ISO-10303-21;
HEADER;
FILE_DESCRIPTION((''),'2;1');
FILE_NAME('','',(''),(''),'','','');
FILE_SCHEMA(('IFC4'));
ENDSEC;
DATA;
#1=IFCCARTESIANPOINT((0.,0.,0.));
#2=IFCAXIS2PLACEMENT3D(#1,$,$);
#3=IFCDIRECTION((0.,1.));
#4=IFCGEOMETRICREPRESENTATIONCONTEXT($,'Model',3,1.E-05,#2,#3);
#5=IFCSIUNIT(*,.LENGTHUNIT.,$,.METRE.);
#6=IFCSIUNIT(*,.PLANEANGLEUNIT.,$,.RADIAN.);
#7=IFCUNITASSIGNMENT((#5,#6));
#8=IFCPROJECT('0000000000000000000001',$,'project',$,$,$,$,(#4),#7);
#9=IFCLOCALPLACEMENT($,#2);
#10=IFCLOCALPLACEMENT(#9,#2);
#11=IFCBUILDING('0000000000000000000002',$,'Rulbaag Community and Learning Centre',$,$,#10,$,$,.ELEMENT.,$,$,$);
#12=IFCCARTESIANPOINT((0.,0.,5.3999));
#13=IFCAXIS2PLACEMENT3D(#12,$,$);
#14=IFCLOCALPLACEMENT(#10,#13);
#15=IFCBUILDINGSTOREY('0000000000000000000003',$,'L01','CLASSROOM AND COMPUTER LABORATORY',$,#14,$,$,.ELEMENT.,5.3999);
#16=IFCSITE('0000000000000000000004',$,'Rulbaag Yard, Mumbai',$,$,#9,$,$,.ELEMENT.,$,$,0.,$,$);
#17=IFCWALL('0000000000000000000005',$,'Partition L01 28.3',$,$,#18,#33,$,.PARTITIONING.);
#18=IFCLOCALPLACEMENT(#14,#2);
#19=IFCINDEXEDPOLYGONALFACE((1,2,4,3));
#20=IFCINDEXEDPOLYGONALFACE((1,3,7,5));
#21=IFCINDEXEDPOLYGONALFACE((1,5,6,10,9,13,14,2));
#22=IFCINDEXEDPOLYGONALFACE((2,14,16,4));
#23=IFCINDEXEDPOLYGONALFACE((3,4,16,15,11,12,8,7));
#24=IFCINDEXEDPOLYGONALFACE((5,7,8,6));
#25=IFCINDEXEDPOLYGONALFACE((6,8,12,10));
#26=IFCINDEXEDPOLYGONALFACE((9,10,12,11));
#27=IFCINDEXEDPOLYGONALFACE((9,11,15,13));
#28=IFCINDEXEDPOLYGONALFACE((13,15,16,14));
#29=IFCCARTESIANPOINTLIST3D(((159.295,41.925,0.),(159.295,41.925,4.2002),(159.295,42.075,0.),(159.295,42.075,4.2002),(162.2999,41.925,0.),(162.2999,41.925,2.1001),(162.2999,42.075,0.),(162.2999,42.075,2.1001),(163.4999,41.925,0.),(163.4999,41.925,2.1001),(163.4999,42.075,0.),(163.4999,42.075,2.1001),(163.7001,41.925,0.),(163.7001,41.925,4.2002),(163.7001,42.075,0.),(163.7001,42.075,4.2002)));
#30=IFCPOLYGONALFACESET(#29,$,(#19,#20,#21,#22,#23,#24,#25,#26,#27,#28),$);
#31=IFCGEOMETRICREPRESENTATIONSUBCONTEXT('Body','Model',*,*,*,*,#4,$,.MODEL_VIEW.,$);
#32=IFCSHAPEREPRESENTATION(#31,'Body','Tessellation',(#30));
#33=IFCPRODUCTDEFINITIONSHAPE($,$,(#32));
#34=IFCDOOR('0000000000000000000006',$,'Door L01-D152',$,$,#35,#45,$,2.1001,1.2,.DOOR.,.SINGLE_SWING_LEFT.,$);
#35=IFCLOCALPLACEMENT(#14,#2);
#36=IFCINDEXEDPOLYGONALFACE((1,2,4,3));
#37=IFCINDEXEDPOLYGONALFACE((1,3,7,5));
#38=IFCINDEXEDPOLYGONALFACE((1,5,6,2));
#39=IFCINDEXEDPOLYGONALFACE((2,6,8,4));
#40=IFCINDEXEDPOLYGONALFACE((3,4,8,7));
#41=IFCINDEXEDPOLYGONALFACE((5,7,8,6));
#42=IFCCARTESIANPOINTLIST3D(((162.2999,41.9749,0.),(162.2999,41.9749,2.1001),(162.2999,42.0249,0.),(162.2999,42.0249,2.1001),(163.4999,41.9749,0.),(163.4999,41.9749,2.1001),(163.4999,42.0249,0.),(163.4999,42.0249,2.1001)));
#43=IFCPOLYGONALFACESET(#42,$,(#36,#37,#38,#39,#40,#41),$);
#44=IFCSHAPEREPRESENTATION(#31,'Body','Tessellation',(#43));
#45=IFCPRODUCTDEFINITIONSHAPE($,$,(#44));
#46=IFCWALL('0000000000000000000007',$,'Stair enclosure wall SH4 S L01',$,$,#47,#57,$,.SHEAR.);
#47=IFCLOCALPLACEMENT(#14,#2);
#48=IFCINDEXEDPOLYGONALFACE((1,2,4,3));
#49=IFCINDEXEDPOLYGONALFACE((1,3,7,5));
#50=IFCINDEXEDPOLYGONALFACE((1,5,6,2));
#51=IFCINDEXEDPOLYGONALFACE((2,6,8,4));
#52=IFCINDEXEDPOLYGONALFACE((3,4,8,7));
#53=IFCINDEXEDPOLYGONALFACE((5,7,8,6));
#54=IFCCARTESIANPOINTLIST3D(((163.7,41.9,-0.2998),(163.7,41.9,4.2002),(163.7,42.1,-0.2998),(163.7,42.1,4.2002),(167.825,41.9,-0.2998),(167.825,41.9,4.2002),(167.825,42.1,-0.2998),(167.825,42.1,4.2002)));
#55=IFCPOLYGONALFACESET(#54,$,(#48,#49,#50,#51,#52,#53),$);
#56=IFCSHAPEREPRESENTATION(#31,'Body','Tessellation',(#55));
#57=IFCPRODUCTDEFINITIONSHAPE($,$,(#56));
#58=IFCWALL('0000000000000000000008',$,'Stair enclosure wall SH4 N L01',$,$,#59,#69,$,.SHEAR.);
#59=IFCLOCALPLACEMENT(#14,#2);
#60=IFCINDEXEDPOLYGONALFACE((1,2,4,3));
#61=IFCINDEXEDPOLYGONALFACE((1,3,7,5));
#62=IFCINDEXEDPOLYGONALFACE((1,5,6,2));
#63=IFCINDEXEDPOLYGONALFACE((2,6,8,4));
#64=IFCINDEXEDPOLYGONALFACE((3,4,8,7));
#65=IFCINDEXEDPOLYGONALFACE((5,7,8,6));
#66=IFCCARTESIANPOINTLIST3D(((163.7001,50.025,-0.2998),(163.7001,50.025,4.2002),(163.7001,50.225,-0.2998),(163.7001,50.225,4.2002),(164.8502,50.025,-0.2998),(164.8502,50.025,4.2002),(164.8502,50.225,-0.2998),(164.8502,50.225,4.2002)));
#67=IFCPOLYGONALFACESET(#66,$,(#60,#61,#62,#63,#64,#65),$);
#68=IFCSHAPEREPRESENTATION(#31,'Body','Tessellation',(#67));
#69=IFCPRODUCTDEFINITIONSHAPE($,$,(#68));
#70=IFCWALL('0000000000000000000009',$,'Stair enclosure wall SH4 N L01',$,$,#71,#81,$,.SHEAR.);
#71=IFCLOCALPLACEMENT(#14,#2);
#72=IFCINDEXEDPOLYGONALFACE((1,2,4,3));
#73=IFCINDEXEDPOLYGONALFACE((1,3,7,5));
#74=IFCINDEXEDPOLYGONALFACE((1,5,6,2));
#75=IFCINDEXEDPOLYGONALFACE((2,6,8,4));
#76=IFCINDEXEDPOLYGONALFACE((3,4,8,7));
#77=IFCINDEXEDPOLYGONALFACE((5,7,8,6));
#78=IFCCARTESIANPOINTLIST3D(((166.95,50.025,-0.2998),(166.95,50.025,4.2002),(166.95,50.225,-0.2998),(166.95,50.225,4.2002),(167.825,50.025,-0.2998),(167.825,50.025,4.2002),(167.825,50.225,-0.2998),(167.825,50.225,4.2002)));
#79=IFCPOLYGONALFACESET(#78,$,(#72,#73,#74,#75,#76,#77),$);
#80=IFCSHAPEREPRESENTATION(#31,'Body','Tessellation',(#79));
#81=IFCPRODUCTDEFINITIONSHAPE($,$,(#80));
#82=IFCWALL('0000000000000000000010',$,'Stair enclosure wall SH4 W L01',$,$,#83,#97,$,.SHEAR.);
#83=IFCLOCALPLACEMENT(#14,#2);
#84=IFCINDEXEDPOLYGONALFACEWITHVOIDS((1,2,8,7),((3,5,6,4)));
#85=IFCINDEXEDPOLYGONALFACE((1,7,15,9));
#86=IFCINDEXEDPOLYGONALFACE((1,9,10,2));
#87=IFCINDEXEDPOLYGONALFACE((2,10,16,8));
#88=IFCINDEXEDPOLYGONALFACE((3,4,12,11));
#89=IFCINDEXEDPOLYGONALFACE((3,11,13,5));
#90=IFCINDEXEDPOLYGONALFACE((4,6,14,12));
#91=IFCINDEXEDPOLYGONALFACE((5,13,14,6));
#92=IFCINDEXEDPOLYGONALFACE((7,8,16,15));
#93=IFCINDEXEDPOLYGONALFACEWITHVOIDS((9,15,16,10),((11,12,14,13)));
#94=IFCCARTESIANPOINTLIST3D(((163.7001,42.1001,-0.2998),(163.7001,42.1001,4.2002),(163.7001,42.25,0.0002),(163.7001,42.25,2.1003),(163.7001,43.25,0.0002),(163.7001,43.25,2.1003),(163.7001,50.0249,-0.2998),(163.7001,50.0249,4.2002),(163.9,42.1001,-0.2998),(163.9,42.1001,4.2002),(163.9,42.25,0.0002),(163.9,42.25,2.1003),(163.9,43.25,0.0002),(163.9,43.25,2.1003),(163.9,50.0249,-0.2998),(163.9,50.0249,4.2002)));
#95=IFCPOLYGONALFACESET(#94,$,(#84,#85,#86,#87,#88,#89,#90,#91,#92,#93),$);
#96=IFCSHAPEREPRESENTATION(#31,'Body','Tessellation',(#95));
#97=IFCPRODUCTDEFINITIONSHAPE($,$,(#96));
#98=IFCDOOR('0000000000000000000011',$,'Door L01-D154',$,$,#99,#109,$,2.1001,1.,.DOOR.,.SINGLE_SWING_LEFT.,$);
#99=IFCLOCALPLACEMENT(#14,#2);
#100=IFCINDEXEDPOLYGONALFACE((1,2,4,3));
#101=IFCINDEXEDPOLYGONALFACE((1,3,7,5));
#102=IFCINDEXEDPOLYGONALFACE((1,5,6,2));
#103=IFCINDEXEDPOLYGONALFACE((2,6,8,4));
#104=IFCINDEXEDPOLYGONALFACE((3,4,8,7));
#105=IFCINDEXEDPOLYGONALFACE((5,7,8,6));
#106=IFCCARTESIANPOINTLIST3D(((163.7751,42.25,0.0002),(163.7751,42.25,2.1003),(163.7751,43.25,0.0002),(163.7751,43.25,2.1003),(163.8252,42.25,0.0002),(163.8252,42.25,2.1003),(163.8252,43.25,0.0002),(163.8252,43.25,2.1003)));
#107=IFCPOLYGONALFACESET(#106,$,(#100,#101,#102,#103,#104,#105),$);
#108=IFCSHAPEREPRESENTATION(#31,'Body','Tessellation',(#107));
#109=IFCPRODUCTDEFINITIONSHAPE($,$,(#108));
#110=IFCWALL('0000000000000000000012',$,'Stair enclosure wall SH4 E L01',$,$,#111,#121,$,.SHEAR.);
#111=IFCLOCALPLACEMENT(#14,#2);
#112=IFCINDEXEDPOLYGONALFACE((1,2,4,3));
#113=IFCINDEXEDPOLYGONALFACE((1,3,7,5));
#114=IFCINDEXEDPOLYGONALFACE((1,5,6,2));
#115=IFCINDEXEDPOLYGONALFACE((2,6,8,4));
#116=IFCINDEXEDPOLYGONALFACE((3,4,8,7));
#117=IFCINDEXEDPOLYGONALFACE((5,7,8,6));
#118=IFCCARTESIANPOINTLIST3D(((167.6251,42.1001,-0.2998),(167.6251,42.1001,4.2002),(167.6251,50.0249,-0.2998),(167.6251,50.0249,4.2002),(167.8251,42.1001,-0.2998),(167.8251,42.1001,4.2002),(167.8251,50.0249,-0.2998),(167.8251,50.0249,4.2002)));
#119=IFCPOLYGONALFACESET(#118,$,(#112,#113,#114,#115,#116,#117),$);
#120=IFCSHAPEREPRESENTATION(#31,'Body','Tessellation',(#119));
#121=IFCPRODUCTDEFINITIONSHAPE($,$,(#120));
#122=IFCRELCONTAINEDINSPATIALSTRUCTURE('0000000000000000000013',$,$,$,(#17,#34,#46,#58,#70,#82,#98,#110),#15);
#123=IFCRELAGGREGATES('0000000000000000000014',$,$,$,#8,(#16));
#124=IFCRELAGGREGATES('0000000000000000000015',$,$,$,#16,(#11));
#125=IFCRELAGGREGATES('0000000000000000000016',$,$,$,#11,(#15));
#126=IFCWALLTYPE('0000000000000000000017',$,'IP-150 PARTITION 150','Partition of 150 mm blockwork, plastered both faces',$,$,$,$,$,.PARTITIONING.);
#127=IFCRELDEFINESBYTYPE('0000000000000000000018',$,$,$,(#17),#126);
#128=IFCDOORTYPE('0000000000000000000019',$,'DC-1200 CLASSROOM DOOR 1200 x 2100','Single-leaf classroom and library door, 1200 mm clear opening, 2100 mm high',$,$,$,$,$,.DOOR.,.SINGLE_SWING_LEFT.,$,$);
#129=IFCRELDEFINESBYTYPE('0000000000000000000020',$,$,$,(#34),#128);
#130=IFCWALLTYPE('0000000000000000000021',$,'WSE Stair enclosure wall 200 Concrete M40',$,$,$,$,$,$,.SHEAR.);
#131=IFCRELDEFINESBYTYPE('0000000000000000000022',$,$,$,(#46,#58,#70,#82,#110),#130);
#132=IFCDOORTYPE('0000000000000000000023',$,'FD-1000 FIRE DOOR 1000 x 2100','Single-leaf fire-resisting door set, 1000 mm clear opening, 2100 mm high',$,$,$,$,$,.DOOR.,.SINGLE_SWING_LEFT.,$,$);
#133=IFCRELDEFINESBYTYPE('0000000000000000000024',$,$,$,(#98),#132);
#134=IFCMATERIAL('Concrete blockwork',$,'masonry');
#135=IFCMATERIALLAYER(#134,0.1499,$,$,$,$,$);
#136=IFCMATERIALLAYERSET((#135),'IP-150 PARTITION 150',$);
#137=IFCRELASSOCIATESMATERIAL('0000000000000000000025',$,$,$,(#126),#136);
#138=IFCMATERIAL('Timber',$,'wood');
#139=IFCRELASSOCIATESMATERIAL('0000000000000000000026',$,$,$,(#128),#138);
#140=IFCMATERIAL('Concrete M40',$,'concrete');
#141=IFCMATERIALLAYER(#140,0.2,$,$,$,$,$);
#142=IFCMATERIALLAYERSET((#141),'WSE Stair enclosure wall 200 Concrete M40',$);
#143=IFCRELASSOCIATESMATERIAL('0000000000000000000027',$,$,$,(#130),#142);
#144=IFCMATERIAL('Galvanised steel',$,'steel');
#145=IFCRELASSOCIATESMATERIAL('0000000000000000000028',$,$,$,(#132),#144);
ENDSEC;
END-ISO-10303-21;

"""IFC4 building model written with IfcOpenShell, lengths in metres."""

from ifc_helpers import new_model, si_unit, direction, frame, frame_2d, origin, place, context, subcontext, project, spatial, rectangle, extrude, material, layer, layer_set, type_object, element, fill, save


model = new_model("IFC4")

# Units and contexts
model_context = context("Model", 3, precision=1e-05, world=origin(), true_north=direction((0.0, 1.0)))
body_context = subcontext(model_context, "Body", "Model", "MODEL_VIEW")
ifc_project = project(units=[si_unit("LENGTHUNIT", "METRE"), si_unit("PLANEANGLEUNIT", "RADIAN")], contexts=[model_context])

# Site, building, storey
site_placement = place(None, origin())
site = spatial("IfcSite", under=ifc_project, at=site_placement, Name="Rulbaag Yard, Mumbai", CompositionType="ELEMENT", RefElevation=0.0)
building_placement = place(site_placement, origin())
building = spatial("IfcBuilding", under=site, at=building_placement, Name="Rulbaag Community and Learning Centre", CompositionType="ELEMENT")
storey_placement = place(building_placement, frame((0.0, 0.0, 5.3999)))
storey = spatial("IfcBuildingStorey", under=building, at=storey_placement, Name="L01", Description="CLASSROOM AND COMPUTER LABORATORY", CompositionType="ELEMENT", Elevation=5.3999)

# Shared definitions
ifc_material_1 = material(Name="Concrete M40", Category="concrete")

# Wall, opening, door
ifc_material_2 = material(Name="Concrete blockwork", Category="masonry")
ifc_layer_1 = layer(ifc_material_2, 0.1499)
ifc_layer_set_1 = layer_set([ifc_layer_1], Name="IP-150 PARTITION 150")
wall_type_1 = type_object("IfcWallType", Name="IP-150 PARTITION 150", Description="Partition of 150 mm blockwork, plastered both faces", PredefinedType="PARTITIONING", material=ifc_layer_set_1)
wall_1_placement = place(storey_placement, frame((159.2949, 42.0, 0.0), z_axis=(0.0, 0.0, 1.0), x_axis=(1.0, 0.0, 0.0)))
wall_1 = element("IfcWall", 1, at=wall_1_placement, inside=storey, type_object=wall_type_1, Name="Partition L01 28.3", PredefinedType="PARTITIONING", context=body_context, shape_type="SweptSolid", body=[
    extrude(rectangle(XDim=4.405, YDim=0.1499, at=frame_2d((2.2026, 0.0))), origin(), (0.0, 0.0, 1.0), 4.2002),
])
opening_1_placement = place(wall_1_placement, frame((3.0049, 0.0, 0.0)))
opening_1 = element("IfcOpeningElement", 2, at=opening_1_placement, cuts=wall_1, PredefinedType="OPENING", context=body_context, shape_type="SweptSolid", body=[
    extrude(rectangle(XDim=1.2, YDim=2.1001, at=frame_2d((0.6001, 1.05))), frame((0.0, 0.085, 0.0), z_axis=(0.0, -1.0, 0.0), x_axis=(1.0, 0.0, 0.0)), (0.0, 0.0, 1.0), 0.1699),
])
ifc_material_3 = material(Name="Timber", Category="wood")
door_type_1 = type_object("IfcDoorType", Name="DC-1200 CLASSROOM DOOR 1200 x 2100", Description="Single-leaf classroom and library door, 1200 mm clear opening, 2100 mm high", OperationType="SINGLE_SWING_LEFT", PredefinedType="DOOR", material=ifc_material_3)
door_1_placement = place(opening_1_placement, origin())
door_1 = element("IfcDoor", 3, at=door_1_placement, inside=storey, type_object=door_type_1, Name="Door L01-D152", OperationType="SINGLE_SWING_LEFT", OverallHeight=2.1001, OverallWidth=1.2, PredefinedType="DOOR", context=body_context, shape_type="SweptSolid", body=[
    extrude(rectangle(XDim=1.2, YDim=2.1001, at=frame_2d((0.6001, 1.05))), frame((0.0, 0.0249, 0.0), z_axis=(0.0, -1.0, 0.0), x_axis=(1.0, 0.0, 0.0)), (0.0, 0.0, 1.0), 0.05),
])
fill(opening_1, door_1)

# Walls
ifc_layer_2 = layer(ifc_material_1, 0.2)
ifc_layer_set_2 = layer_set([ifc_layer_2], Name="WSE Stair enclosure wall 200 Concrete M40")
wall_type_2 = type_object("IfcWallType", Name="WSE Stair enclosure wall 200 Concrete M40", PredefinedType="SHEAR", material=ifc_layer_set_2)
wall_2_placement = place(storey_placement, frame((163.7, 42.0, -0.2998), z_axis=(0.0, 0.0, 1.0), x_axis=(1.0, 0.0, 0.0)))
element("IfcWall", 4, at=wall_2_placement, inside=storey, type_object=wall_type_2, Name="Stair enclosure wall SH4 S L01", PredefinedType="SHEAR", context=body_context, shape_type="SweptSolid", body=[
    extrude(rectangle(XDim=4.125, YDim=0.2, at=frame_2d((2.0625, 0.0))), origin(), (0.0, 0.0, 1.0), 4.5),
])
wall_3_placement = place(storey_placement, frame((163.7, 50.125, -0.2998), z_axis=(0.0, 0.0, 1.0), x_axis=(1.0, 0.0, 0.0)))
element("IfcWall", 5, at=wall_3_placement, inside=storey, type_object=wall_type_2, Name="Stair enclosure wall SH4 N L01", PredefinedType="SHEAR", context=body_context, shape_type="SweptSolid", body=[
    extrude(rectangle(XDim=1.1501, YDim=0.2, at=frame_2d((0.5752, 0.0))), origin(), (0.0, 0.0, 1.0), 4.5),
])
wall_4_placement = place(storey_placement, frame((166.95, 50.125, -0.2998), z_axis=(0.0, 0.0, 1.0), x_axis=(1.0, 0.0, 0.0)))
element("IfcWall", 6, at=wall_4_placement, inside=storey, type_object=wall_type_2, Name="Stair enclosure wall SH4 N L01", PredefinedType="SHEAR", context=body_context, shape_type="SweptSolid", body=[
    extrude(rectangle(XDim=0.875, YDim=0.2, at=frame_2d((0.4375, 0.0))), origin(), (0.0, 0.0, 1.0), 4.5),
])

# Wall, opening, door
wall_5_placement = place(storey_placement, frame((163.8, 42.1001, -0.2998), z_axis=(0.0, 0.0, 1.0), x_axis=(0.0, 1.0, 0.0)))
wall_5 = element("IfcWall", 7, at=wall_5_placement, inside=storey, type_object=wall_type_2, Name="Stair enclosure wall SH4 W L01", PredefinedType="SHEAR", context=body_context, shape_type="SweptSolid", body=[
    extrude(rectangle(XDim=7.9248, YDim=0.2, at=frame_2d((3.9624, 0.0))), origin(), (0.0, 0.0, 1.0), 4.5),
])
opening_2_placement = place(wall_5_placement, frame((0.1499, 0.0, 0.3)))
opening_2 = element("IfcOpeningElement", 8, at=opening_2_placement, cuts=wall_5, PredefinedType="OPENING", context=body_context, shape_type="SweptSolid", body=[
    extrude(rectangle(XDim=1.0, YDim=2.1001, at=frame_2d((0.5, 1.05))), frame((0.0, 0.1099, 0.0), z_axis=(0.0, -1.0, 0.0), x_axis=(1.0, 0.0, 0.0)), (0.0, 0.0, 1.0), 0.22),
])
ifc_material_4 = material(Name="Galvanised steel", Category="steel")
door_type_2 = type_object("IfcDoorType", Name="FD-1000 FIRE DOOR 1000 x 2100", Description="Single-leaf fire-resisting door set, 1000 mm clear opening, 2100 mm high", OperationType="SINGLE_SWING_LEFT", PredefinedType="DOOR", material=ifc_material_4)
door_2_placement = place(opening_2_placement, origin())
door_2 = element("IfcDoor", 9, at=door_2_placement, inside=storey, type_object=door_type_2, Name="Door L01-D154", OperationType="SINGLE_SWING_LEFT", OverallHeight=2.1001, OverallWidth=1.0, PredefinedType="DOOR", context=body_context, shape_type="SweptSolid", body=[
    extrude(rectangle(XDim=1.0, YDim=2.1001, at=frame_2d((0.5, 1.05))), frame((0.0, 0.0249, 0.0), z_axis=(0.0, -1.0, 0.0), x_axis=(1.0, 0.0, 0.0)), (0.0, 0.0, 1.0), 0.05),
])
fill(opening_2, door_2)

# Wall
wall_6_placement = place(storey_placement, frame((167.7251, 42.1001, -0.2998), z_axis=(0.0, 0.0, 1.0), x_axis=(0.0, 1.0, 0.0)))
element("IfcWall", 10, at=wall_6_placement, inside=storey, type_object=wall_type_2, Name="Stair enclosure wall SH4 E L01", PredefinedType="SHEAR", context=body_context, shape_type="SweptSolid", body=[
    extrude(rectangle(XDim=7.9248, YDim=0.2, at=frame_2d((3.9624, 0.0))), origin(), (0.0, 0.0, 1.0), 4.5),
])

save(model, "model.ifc")
